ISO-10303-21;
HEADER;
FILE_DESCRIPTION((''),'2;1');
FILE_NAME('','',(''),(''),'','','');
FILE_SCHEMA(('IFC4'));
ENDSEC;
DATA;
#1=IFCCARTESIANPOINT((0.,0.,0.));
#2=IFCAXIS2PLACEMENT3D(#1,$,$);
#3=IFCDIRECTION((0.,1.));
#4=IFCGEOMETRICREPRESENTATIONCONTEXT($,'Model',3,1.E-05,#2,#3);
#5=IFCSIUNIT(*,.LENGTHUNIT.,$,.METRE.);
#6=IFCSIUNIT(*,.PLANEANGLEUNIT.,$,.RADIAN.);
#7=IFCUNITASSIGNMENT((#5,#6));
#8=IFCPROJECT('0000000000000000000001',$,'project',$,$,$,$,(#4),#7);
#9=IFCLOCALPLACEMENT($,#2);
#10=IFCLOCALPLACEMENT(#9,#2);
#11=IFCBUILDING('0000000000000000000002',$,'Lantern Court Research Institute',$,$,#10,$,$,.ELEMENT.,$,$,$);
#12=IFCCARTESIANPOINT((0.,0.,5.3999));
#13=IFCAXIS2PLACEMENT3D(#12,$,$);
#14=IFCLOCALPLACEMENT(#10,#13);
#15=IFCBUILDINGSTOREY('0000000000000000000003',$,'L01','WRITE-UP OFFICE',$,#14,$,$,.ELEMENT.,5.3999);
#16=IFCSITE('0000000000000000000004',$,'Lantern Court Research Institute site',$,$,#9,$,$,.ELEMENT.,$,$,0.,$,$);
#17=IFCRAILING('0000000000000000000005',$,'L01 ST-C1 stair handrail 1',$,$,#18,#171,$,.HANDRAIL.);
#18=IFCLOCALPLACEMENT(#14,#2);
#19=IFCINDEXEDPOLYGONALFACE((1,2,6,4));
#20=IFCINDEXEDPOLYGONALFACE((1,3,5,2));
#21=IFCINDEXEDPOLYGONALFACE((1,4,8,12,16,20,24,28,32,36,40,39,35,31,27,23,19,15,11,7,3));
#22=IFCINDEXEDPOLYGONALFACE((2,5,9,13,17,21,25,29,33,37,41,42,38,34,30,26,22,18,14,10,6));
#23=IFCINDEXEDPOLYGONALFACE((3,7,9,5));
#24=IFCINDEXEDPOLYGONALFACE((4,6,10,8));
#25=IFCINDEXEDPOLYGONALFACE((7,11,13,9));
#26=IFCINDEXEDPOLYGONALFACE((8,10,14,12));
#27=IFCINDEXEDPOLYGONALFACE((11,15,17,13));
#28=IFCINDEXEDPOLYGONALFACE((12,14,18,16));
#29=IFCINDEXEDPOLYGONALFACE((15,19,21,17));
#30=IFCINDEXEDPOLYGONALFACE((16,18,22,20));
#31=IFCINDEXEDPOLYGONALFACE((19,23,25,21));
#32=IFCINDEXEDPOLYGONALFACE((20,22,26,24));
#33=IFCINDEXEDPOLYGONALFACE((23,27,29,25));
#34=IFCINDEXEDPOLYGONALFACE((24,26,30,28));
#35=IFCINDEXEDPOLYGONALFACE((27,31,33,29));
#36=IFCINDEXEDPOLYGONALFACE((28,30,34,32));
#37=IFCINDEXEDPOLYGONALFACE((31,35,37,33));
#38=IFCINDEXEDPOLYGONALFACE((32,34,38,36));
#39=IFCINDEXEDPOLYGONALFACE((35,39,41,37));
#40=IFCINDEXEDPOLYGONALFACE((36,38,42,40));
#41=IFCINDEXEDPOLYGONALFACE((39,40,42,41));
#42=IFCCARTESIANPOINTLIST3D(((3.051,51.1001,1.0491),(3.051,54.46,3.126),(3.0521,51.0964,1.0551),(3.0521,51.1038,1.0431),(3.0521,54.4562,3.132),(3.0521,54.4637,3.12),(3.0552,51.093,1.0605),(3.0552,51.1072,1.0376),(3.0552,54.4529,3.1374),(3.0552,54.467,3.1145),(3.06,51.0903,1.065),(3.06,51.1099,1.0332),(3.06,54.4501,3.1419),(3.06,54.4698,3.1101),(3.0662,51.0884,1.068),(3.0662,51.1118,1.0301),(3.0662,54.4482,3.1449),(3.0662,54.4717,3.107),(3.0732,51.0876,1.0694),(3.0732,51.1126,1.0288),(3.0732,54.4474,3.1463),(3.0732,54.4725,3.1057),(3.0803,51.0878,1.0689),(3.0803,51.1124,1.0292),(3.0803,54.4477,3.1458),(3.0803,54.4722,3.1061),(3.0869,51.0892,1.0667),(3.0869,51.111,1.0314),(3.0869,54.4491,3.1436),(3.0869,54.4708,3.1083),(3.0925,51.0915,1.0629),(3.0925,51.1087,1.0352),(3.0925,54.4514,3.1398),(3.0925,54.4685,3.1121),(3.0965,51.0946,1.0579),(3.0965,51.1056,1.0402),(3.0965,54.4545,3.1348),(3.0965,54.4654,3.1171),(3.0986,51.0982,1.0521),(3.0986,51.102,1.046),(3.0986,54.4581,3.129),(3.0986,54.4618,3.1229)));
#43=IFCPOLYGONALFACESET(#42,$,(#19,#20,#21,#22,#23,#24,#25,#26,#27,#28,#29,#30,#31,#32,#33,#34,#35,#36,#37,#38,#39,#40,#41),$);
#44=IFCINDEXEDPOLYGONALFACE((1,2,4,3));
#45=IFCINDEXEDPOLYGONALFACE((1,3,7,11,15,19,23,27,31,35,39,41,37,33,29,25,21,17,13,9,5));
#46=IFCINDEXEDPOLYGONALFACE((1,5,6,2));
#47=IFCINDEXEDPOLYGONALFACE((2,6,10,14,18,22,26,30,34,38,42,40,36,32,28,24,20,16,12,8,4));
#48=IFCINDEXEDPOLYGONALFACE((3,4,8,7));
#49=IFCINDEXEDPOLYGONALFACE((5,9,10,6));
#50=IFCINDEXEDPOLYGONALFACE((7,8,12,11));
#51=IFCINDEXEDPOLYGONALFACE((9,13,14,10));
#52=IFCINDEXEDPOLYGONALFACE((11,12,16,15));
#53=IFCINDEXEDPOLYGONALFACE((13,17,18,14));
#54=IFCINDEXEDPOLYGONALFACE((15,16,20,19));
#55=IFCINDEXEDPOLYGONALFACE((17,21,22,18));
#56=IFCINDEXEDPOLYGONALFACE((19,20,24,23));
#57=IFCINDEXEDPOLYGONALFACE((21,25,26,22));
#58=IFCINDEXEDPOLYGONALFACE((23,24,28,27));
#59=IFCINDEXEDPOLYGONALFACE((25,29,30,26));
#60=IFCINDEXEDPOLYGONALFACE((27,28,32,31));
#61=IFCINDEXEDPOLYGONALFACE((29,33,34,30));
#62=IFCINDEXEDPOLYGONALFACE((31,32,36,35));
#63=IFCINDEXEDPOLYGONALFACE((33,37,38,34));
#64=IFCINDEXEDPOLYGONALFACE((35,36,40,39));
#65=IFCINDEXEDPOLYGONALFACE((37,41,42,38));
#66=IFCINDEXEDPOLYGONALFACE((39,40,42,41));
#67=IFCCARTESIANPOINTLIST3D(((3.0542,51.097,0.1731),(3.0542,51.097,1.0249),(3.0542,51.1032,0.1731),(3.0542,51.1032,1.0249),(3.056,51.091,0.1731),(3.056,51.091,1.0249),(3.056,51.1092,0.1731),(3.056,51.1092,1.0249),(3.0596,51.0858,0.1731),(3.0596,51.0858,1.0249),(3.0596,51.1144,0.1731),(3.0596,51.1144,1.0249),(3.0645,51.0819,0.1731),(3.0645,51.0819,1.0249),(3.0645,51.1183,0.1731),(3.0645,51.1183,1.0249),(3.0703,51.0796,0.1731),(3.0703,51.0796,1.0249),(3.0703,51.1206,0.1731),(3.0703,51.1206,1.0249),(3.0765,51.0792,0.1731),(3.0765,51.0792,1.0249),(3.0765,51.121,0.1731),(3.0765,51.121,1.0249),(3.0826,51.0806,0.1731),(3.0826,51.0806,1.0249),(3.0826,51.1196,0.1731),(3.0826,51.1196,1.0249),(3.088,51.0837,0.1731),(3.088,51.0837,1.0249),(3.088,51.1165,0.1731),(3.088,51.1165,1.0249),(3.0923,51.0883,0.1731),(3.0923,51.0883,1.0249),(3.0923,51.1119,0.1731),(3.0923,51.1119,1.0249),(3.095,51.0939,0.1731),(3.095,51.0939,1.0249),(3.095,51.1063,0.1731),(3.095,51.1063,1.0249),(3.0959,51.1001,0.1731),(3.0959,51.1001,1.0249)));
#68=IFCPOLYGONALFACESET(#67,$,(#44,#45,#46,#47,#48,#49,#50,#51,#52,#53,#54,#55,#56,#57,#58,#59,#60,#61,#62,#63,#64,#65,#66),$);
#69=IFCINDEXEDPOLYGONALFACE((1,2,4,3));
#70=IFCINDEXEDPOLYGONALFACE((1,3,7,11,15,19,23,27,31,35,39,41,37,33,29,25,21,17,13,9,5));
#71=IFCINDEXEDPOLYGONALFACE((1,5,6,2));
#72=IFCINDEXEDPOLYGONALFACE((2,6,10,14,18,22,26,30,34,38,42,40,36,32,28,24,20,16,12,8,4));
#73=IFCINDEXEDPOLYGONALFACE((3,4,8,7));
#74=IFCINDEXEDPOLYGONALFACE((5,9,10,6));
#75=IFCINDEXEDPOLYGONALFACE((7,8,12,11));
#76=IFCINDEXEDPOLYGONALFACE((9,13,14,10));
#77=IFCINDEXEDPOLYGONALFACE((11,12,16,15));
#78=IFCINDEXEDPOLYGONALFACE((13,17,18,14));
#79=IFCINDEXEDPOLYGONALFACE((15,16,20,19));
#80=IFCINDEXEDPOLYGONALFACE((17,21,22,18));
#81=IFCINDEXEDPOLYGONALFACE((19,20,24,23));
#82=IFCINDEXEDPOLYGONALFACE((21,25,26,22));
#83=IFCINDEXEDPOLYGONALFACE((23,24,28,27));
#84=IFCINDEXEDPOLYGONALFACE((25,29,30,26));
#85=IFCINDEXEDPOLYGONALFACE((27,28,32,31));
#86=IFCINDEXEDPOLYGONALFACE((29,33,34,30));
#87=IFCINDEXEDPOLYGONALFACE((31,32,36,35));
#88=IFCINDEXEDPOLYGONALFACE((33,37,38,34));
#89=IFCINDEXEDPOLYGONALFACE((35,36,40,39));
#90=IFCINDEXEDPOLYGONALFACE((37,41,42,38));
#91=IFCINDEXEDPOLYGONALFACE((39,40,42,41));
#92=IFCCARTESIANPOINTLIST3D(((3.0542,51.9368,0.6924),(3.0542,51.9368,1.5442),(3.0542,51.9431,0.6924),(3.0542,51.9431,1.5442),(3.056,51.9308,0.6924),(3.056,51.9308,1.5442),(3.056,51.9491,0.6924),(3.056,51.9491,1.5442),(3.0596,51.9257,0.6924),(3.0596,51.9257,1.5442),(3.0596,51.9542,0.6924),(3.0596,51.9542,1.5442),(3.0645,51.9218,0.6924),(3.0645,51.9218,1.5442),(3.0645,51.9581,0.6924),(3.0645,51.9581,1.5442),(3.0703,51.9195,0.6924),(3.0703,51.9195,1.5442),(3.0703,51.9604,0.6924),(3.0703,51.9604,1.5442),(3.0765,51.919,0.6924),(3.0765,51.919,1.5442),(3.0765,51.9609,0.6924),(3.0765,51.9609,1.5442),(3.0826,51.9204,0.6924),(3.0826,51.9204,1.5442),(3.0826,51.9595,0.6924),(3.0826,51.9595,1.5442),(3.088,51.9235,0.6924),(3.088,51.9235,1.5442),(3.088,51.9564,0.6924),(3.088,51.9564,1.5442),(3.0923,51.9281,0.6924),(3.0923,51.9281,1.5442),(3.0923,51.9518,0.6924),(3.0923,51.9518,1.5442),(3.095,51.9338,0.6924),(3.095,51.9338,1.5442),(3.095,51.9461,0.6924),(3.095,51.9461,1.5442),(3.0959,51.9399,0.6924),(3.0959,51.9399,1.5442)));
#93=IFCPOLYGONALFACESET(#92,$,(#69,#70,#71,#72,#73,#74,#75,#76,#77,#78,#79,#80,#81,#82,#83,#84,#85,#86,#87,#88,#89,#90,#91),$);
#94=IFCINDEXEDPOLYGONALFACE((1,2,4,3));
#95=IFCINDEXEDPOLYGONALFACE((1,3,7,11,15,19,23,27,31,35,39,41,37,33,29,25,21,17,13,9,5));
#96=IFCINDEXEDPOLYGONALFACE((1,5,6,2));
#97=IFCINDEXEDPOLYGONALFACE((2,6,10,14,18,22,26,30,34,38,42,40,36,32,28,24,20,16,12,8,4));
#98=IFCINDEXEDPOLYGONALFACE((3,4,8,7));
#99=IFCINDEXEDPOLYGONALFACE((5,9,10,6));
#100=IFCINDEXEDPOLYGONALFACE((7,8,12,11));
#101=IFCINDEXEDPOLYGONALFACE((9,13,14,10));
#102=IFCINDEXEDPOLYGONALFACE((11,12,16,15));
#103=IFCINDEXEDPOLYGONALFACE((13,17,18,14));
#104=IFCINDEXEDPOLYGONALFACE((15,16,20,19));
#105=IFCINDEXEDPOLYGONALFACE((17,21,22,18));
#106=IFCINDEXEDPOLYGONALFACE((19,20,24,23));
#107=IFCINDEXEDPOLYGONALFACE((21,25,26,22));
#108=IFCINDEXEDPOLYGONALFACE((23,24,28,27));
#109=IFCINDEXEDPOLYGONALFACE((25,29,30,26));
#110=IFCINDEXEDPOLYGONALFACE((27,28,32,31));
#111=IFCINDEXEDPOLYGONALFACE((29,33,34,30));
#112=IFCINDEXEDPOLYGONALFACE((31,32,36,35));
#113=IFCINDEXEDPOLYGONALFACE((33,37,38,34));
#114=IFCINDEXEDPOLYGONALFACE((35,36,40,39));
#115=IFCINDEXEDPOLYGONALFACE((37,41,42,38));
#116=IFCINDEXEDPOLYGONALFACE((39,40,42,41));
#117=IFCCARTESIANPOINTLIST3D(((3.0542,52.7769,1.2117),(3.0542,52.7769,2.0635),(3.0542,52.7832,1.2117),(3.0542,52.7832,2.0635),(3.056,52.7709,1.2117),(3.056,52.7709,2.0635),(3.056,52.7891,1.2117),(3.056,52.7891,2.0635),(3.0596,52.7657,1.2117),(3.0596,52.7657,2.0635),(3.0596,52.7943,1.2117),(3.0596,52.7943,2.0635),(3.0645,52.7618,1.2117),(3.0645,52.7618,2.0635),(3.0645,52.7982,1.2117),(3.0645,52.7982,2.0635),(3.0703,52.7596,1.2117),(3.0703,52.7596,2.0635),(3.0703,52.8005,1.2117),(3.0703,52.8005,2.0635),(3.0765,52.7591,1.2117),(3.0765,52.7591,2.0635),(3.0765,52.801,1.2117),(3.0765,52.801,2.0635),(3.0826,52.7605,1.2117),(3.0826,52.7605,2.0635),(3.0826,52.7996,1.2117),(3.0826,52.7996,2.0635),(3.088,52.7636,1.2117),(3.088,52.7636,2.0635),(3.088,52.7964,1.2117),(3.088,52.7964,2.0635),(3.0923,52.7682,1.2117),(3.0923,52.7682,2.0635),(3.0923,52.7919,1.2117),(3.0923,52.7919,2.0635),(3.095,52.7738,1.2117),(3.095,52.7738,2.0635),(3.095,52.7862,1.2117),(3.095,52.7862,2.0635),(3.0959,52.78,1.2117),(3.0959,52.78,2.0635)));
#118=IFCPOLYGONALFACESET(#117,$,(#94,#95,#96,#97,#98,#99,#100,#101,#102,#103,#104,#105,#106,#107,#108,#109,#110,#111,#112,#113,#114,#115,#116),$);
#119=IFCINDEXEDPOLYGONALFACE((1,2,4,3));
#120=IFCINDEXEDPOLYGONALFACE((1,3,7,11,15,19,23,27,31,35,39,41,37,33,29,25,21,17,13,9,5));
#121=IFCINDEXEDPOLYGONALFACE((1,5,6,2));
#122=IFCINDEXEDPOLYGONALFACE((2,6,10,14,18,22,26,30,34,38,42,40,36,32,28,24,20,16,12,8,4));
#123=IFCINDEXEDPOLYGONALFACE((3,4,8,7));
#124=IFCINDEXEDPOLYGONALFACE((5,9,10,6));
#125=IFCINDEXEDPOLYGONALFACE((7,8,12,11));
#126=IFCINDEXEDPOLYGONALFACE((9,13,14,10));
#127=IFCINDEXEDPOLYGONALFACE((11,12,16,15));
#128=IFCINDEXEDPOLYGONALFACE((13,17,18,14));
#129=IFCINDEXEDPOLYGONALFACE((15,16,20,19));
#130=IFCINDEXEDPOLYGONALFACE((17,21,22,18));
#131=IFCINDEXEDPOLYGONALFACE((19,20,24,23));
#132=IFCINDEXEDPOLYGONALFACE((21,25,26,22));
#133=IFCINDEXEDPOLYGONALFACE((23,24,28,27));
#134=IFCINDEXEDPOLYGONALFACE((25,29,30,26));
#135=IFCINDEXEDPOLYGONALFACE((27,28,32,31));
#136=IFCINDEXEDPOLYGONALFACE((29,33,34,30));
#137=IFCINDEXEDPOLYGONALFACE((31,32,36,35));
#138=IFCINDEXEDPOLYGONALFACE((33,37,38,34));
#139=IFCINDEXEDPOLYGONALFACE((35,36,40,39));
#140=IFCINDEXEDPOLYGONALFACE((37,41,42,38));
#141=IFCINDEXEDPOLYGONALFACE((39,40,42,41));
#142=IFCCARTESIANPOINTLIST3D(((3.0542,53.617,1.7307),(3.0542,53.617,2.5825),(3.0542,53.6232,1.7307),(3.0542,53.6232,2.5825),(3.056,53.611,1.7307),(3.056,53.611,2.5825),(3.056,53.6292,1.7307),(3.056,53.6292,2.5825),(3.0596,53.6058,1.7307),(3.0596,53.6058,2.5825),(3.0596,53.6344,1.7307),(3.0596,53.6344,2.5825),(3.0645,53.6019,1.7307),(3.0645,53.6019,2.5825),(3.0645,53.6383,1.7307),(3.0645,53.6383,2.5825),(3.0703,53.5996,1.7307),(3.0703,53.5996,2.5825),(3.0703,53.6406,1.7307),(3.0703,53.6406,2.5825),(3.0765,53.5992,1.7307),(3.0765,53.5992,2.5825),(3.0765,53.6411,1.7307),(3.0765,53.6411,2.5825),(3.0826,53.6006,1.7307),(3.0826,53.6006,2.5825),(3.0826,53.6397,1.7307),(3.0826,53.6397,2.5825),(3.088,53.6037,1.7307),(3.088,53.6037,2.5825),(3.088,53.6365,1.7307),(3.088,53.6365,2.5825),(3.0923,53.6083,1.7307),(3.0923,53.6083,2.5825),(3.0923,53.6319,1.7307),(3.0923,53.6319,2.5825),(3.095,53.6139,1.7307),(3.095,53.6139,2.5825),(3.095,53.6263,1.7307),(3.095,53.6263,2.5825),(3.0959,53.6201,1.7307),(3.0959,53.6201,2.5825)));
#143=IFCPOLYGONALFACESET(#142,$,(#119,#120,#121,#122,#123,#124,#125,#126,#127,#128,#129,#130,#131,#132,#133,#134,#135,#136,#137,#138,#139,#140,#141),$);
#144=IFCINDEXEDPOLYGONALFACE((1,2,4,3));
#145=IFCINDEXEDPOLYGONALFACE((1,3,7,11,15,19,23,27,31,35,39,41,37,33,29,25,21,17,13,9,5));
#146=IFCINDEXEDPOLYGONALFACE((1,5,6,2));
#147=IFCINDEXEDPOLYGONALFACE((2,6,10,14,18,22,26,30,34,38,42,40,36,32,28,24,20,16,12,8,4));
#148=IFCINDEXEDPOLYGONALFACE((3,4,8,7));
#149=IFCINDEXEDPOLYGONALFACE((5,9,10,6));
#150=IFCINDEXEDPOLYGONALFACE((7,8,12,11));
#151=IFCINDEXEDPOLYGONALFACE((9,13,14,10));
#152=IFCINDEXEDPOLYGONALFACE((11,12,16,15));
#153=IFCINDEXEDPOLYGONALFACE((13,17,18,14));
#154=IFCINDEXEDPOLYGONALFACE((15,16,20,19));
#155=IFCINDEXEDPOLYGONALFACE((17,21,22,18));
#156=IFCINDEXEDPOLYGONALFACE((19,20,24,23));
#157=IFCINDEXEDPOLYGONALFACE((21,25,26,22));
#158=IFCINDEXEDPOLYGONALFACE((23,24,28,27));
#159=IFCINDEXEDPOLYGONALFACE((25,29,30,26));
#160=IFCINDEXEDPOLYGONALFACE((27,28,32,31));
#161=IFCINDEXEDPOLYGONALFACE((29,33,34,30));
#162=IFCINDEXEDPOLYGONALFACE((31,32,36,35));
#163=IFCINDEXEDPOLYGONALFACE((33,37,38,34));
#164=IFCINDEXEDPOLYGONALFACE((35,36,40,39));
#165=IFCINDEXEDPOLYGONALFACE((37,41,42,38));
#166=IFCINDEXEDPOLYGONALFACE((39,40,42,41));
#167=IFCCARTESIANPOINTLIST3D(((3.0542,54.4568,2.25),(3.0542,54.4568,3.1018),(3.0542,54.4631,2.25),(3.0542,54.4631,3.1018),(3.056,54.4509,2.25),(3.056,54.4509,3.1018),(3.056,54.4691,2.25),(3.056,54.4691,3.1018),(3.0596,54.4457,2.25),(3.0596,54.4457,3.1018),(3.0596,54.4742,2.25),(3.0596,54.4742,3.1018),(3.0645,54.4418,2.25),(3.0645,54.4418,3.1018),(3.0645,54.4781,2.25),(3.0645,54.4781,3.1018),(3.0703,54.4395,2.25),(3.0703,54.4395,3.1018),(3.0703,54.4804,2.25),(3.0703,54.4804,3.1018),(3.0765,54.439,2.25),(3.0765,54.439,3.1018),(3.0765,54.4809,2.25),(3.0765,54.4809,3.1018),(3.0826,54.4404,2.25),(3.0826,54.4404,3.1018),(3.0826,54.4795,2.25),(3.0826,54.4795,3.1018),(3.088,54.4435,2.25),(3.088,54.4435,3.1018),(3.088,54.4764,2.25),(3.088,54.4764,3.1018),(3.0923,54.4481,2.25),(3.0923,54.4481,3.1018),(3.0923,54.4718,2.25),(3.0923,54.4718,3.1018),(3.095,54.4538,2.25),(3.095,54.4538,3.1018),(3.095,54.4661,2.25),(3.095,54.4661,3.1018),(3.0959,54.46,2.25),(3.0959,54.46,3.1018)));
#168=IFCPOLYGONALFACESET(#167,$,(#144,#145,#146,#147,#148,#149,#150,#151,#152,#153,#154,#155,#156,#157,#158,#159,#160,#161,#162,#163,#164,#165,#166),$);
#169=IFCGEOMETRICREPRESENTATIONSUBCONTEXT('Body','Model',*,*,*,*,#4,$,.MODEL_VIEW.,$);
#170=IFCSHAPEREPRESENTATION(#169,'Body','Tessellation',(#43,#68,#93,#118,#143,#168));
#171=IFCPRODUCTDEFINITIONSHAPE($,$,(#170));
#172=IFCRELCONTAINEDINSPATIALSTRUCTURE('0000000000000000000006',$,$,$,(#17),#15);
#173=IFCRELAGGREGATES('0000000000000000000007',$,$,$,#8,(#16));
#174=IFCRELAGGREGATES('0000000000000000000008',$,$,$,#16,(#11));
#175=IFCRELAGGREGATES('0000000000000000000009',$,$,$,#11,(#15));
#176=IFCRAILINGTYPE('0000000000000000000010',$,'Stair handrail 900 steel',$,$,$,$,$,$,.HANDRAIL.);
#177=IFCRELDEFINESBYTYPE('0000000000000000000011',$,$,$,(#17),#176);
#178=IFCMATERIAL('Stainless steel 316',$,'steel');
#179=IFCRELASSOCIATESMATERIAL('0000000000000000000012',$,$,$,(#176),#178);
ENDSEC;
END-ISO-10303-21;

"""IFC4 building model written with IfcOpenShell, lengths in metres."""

from ifc_helpers import new_model, si_unit, direction, frame, origin, origin_2d, place, context, subcontext, project, spatial, circle, extrude, material, type_object, element, save


model = new_model("IFC4")

# Units and contexts
model_context = context("Model", 3, precision=1e-05, world=origin(), true_north=direction((0.0, 1.0)))
body_context = subcontext(model_context, "Body", "Model", "MODEL_VIEW")
ifc_project = project(units=[si_unit("LENGTHUNIT", "METRE"), si_unit("PLANEANGLEUNIT", "RADIAN")], contexts=[model_context])

# Site, building, storey
site_placement = place(None, origin())
site = spatial("IfcSite", under=ifc_project, at=site_placement, Name="Lantern Court Research Institute site", CompositionType="ELEMENT", RefElevation=0.0)
building_placement = place(site_placement, origin())
building = spatial("IfcBuilding", under=site, at=building_placement, Name="Lantern Court Research Institute", CompositionType="ELEMENT")
storey_placement = place(building_placement, frame((0.0, 0.0, 5.3999)))
storey = spatial("IfcBuildingStorey", under=building, at=storey_placement, Name="L01", Description="WRITE-UP OFFICE", CompositionType="ELEMENT", Elevation=5.3999)

# Railing
ifc_material_1 = material(Name="Stainless steel 316", Category="steel")
railing_type = type_object("IfcRailingType", Name="Stair handrail 900 steel", PredefinedType="HANDRAIL", material=ifc_material_1)
railing_placement = place(storey_placement, frame((3.075, 51.1001, 0.1731)))
element("IfcRailing", 1, at=railing_placement, inside=storey, type_object=railing_type, Name="L01 ST-C1 stair handrail 1", PredefinedType="HANDRAIL", context=body_context, shape_type="SweptSolid", body=[
    extrude(circle(Radius=0.0239, at=origin_2d()), frame((0.0, 0.0, 0.876), z_axis=(0.0, 0.850606, 0.525803), x_axis=(-1.0, 0.0, 0.0)), (0.0, 0.0, 1.0), 3.95),
    extrude(circle(Radius=0.021, at=origin_2d()), origin(), (0.0, 0.0, 1.0), 0.8518),
    extrude(circle(Radius=0.021, at=origin_2d()), frame((0.0, 0.8398, 0.5193)), (0.0, 0.0, 1.0), 0.8518),
    extrude(circle(Radius=0.021, at=origin_2d()), frame((0.0, 1.6799, 1.0386)), (0.0, 0.0, 1.0), 0.8518),
    extrude(circle(Radius=0.021, at=origin_2d()), frame((0.0, 2.52, 1.5576)), (0.0, 0.0, 1.0), 0.8518),
    extrude(circle(Radius=0.021, at=origin_2d()), frame((0.0, 3.3599, 2.0769)), (0.0, 0.0, 1.0), 0.8518),
])

save(model, "model.ifc")
